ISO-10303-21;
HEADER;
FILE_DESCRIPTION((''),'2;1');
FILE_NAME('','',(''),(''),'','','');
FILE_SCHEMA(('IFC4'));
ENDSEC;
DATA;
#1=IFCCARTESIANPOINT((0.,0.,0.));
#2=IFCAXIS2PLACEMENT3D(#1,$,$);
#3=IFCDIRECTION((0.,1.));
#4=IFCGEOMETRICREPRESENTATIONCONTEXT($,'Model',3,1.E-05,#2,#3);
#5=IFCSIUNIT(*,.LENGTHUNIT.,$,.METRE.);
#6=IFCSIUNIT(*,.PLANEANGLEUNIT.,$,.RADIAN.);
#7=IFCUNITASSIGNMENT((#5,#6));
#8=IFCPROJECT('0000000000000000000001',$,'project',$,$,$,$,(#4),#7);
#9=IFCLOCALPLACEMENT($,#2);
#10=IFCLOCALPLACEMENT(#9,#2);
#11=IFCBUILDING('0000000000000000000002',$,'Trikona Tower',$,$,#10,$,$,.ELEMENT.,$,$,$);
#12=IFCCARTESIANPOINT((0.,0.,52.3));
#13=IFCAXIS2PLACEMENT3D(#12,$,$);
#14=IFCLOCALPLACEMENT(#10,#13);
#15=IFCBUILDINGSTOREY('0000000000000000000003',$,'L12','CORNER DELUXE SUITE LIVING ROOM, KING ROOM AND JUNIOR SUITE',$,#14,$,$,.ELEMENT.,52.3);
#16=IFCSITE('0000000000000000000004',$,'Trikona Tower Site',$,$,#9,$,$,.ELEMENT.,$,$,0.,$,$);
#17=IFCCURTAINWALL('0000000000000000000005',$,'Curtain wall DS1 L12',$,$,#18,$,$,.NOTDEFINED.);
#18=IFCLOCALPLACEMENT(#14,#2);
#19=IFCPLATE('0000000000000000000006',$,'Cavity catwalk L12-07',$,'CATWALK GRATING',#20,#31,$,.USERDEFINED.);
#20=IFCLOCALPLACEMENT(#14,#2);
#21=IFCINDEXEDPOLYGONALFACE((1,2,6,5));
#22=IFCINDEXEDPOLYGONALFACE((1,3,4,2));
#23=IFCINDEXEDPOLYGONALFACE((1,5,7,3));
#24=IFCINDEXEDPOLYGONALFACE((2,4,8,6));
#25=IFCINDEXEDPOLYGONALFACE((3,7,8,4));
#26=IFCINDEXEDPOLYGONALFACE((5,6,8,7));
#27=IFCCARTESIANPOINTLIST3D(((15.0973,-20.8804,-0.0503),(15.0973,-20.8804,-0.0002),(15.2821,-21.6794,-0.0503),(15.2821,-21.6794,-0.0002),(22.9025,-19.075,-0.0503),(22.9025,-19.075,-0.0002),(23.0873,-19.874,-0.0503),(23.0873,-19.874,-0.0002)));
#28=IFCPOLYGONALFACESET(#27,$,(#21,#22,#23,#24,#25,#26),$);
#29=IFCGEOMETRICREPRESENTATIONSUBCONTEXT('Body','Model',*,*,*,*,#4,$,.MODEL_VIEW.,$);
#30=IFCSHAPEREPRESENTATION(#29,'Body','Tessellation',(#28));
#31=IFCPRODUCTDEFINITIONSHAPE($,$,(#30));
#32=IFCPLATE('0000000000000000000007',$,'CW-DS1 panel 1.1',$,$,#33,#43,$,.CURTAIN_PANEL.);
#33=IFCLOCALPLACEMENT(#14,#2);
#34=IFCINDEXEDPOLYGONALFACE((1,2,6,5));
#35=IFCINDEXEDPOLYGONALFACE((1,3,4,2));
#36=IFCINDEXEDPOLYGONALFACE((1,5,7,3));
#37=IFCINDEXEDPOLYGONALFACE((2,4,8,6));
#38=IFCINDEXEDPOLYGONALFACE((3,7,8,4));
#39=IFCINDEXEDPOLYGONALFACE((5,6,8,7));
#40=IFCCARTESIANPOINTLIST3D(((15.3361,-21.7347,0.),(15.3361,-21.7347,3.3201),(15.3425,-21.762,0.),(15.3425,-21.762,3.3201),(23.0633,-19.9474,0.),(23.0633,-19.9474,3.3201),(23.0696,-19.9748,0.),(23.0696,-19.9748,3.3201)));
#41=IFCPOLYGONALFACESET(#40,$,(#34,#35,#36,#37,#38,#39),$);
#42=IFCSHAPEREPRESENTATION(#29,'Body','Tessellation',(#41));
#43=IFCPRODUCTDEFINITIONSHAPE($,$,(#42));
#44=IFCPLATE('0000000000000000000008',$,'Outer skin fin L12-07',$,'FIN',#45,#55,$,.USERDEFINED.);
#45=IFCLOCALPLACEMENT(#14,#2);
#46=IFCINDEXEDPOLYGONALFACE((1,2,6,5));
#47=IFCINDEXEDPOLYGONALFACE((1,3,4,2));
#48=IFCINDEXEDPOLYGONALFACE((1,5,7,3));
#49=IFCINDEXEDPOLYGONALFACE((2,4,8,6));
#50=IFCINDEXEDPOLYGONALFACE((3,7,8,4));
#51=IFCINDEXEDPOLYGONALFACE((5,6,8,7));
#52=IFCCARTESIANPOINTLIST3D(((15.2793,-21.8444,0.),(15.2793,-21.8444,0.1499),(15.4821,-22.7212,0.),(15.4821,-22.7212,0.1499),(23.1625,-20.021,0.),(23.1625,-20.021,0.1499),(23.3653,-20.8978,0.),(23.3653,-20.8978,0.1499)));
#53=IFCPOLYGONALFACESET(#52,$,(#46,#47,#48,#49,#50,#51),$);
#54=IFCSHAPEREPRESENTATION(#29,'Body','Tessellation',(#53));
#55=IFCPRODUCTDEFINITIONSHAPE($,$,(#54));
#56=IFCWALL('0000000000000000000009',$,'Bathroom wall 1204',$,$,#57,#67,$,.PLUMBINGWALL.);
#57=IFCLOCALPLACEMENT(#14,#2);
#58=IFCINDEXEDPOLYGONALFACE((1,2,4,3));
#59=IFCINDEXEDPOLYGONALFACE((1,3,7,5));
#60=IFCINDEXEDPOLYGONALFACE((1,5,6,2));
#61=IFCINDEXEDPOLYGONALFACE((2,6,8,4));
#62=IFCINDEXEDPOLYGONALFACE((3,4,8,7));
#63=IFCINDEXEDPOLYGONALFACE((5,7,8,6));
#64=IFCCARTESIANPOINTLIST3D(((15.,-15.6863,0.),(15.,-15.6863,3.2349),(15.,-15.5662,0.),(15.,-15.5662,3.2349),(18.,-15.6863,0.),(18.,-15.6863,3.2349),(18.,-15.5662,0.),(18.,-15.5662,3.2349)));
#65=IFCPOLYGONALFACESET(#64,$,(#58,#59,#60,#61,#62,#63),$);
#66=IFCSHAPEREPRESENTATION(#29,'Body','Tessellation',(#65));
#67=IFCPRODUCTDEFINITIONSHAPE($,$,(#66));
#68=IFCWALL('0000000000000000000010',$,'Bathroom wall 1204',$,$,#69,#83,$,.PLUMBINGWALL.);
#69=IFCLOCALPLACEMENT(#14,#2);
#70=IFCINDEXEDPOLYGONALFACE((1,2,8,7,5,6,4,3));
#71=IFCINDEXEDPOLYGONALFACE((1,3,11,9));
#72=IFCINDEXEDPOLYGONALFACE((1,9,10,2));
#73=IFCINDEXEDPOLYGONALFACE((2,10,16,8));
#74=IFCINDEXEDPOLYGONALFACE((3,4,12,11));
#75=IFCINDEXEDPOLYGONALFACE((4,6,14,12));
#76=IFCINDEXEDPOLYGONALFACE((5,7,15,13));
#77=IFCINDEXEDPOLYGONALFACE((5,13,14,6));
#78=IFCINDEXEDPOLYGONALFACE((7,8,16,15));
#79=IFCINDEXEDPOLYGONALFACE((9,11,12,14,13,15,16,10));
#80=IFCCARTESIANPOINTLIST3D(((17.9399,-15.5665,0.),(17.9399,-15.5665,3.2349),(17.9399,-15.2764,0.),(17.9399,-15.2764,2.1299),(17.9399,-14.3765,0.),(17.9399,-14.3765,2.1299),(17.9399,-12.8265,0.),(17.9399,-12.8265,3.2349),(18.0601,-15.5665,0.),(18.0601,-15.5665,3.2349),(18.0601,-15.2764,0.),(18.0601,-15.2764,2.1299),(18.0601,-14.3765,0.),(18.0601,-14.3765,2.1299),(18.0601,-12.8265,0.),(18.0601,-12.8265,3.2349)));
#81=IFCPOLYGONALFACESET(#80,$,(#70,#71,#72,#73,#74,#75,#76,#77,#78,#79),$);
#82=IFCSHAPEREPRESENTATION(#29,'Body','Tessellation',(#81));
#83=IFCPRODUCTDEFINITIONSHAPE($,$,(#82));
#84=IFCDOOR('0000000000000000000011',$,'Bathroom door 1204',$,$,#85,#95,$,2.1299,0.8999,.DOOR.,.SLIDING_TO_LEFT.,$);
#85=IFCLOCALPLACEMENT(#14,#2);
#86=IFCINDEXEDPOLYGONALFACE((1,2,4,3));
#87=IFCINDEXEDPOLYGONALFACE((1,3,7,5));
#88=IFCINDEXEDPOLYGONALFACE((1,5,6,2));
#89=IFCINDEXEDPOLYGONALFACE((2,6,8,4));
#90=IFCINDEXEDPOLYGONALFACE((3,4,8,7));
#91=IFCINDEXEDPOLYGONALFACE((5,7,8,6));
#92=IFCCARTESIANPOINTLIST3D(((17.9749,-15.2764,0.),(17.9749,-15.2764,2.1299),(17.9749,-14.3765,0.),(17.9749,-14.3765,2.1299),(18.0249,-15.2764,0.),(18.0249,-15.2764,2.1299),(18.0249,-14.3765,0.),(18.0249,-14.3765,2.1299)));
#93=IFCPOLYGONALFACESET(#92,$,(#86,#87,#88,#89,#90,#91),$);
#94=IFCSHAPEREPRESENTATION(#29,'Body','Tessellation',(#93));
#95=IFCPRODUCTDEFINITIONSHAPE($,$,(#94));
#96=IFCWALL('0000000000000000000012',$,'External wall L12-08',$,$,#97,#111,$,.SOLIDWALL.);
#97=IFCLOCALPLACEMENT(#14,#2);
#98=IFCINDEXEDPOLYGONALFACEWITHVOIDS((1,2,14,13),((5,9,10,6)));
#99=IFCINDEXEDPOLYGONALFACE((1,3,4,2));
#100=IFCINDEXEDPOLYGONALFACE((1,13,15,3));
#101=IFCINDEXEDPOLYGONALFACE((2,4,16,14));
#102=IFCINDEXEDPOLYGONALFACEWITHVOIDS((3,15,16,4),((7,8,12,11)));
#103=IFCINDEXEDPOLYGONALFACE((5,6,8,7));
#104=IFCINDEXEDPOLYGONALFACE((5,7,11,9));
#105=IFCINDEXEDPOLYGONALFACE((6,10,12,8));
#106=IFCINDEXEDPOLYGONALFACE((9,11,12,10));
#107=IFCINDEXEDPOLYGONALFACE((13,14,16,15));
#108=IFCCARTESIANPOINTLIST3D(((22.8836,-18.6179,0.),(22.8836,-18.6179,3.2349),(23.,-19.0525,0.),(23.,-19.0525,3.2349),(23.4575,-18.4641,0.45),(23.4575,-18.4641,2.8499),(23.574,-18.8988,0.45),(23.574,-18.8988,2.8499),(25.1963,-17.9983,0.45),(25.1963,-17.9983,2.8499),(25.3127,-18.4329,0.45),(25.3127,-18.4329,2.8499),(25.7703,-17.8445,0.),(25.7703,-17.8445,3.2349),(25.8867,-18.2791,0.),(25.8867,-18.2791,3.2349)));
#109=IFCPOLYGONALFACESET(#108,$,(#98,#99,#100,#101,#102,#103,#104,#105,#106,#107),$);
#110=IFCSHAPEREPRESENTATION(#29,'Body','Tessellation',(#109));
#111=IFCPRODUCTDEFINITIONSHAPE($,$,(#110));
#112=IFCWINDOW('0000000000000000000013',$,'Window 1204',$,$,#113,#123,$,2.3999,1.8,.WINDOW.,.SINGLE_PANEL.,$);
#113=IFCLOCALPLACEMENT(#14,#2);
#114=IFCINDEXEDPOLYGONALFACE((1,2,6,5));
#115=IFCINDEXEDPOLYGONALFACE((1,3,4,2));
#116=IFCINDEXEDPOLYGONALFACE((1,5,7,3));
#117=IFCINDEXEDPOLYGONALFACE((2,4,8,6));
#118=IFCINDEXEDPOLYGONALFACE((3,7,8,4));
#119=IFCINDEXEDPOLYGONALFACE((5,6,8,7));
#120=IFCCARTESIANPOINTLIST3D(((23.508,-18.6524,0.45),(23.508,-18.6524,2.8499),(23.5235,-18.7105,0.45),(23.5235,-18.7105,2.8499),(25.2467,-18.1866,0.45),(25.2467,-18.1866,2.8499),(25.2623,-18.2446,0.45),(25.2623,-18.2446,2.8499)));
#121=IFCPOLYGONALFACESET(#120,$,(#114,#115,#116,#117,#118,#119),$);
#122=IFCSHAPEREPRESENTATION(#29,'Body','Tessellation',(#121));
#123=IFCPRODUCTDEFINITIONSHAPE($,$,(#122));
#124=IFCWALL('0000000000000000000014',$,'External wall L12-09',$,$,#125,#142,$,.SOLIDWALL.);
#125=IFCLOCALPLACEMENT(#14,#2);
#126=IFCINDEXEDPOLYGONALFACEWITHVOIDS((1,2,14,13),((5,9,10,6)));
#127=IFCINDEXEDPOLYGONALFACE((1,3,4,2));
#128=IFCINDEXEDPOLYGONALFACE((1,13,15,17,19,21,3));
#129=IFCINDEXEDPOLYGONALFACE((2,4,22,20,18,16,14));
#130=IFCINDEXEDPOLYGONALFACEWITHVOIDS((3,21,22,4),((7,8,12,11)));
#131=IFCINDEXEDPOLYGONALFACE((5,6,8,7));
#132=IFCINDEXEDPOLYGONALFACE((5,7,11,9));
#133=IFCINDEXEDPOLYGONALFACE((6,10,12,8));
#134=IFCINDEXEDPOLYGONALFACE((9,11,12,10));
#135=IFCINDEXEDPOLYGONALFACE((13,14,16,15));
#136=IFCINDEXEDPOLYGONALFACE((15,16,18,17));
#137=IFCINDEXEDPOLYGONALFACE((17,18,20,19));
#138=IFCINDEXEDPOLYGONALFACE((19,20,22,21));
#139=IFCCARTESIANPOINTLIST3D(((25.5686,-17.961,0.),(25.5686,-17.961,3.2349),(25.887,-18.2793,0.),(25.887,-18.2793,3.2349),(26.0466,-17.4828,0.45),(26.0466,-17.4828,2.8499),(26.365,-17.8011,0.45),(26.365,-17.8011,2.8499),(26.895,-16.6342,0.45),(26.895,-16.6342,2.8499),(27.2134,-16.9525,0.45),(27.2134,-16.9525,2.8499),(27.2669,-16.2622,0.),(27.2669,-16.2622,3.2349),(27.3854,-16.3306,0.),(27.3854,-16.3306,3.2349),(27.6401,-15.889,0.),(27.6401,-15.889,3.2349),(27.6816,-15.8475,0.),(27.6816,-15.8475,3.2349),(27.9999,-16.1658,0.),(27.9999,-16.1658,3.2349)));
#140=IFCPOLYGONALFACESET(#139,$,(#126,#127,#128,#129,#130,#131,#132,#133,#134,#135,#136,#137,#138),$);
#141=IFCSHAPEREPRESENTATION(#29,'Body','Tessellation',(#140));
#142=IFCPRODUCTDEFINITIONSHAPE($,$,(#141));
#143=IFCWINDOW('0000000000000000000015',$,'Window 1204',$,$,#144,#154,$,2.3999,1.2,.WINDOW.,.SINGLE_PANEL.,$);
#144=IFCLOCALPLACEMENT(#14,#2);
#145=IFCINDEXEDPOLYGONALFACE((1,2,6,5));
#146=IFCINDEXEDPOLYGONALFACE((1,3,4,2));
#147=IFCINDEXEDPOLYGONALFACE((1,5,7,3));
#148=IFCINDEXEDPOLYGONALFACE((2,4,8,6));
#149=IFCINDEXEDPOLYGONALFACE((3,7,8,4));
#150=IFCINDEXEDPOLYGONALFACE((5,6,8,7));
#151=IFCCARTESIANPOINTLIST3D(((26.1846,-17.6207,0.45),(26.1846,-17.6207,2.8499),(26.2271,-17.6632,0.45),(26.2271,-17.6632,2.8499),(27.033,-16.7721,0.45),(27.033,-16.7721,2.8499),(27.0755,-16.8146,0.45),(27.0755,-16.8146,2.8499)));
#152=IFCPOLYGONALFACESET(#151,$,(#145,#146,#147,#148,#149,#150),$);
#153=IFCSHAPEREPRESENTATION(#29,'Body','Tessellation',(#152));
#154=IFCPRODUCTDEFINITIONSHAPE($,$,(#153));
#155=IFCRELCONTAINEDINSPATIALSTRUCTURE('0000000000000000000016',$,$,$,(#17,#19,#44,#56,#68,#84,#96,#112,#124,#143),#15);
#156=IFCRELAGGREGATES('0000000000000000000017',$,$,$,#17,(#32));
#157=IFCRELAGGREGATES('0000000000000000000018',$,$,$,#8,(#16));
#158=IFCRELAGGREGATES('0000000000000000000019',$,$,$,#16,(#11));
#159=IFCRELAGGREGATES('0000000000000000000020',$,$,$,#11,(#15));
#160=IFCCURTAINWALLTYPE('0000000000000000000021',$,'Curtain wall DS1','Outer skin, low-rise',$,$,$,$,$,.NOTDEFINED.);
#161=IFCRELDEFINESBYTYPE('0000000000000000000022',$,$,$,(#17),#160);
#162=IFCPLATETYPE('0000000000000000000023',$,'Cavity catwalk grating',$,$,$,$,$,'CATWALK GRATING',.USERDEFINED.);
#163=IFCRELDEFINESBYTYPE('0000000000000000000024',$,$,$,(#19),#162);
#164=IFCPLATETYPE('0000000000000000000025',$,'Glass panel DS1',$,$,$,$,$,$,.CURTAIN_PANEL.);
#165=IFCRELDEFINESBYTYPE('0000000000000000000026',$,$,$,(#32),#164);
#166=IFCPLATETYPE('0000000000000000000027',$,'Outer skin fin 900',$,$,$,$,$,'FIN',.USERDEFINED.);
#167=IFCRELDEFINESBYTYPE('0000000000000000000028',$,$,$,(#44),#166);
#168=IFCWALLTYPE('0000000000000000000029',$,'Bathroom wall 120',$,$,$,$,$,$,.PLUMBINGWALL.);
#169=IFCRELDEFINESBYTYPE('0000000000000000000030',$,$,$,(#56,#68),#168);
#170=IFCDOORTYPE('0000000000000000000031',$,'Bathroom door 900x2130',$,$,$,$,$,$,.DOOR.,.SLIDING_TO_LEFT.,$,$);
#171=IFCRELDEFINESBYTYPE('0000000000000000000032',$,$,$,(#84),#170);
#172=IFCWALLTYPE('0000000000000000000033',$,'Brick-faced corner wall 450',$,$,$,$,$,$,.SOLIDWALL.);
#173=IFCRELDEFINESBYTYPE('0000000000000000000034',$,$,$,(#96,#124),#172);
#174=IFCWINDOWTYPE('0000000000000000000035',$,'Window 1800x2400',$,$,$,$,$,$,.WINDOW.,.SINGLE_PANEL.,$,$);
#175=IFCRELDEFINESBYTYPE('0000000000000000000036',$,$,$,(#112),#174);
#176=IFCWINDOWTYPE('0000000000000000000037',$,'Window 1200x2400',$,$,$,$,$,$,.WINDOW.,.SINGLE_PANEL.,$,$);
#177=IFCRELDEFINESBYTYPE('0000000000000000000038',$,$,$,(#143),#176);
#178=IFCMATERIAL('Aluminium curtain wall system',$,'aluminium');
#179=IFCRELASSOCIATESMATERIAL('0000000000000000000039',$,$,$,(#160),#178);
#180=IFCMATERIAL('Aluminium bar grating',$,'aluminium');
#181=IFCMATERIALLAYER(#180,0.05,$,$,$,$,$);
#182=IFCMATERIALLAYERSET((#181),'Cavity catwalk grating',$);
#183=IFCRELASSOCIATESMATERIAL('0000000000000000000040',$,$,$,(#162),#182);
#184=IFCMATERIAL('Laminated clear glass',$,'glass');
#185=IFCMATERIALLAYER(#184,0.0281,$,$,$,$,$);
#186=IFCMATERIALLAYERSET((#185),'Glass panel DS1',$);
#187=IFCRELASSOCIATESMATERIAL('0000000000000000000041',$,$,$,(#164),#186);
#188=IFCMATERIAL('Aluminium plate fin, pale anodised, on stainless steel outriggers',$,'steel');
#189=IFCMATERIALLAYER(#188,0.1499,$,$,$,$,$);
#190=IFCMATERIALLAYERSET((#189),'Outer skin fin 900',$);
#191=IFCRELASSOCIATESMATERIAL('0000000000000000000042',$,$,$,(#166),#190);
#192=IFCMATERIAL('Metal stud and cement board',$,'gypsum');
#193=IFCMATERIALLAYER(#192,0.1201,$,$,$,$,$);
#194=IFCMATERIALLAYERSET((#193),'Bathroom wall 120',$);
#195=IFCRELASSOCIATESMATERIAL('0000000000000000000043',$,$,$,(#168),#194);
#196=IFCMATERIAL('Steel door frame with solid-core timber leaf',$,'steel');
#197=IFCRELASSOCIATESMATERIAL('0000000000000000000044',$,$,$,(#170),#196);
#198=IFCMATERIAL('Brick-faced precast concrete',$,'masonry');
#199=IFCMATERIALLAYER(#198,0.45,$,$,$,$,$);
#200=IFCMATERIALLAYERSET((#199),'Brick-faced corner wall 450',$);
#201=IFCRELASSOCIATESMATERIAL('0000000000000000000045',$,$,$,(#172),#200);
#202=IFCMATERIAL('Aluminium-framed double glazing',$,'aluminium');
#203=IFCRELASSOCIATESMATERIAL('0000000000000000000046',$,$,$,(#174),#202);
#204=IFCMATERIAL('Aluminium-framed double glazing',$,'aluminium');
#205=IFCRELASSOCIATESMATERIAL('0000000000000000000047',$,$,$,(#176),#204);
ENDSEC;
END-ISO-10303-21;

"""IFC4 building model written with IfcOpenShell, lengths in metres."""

from ifc_helpers import new_model, si_unit, direction, frame, frame_2d, origin, origin_2d, place, context, subcontext, project, spatial, polyline, rectangle, outline, extrude, material, layer, layer_set, type_object, element, fill, aggregate, save


model = new_model("IFC4")

# Units and contexts
model_context = context("Model", 3, precision=1e-05, world=origin(), true_north=direction((0.0, 1.0)))
body_context = subcontext(model_context, "Body", "Model", "MODEL_VIEW")
ifc_project = project(units=[si_unit("LENGTHUNIT", "METRE"), si_unit("PLANEANGLEUNIT", "RADIAN")], contexts=[model_context])

# Site, building, storey
site_placement = place(None, origin())
site = spatial("IfcSite", under=ifc_project, at=site_placement, Name="Trikona Tower Site", CompositionType="ELEMENT", RefElevation=0.0)
building_placement = place(site_placement, origin())
building = spatial("IfcBuilding", under=site, at=building_placement, Name="Trikona Tower", CompositionType="ELEMENT")
storey_placement = place(building_placement, frame((0.0, 0.0, 52.3)))
storey = spatial("IfcBuildingStorey", under=building, at=storey_placement, Name="L12", Description="CORNER DELUXE SUITE LIVING ROOM, KING ROOM AND JUNIOR SUITE", CompositionType="ELEMENT", Elevation=52.3)

# Shared definitions
ifc_material_1 = material(Name="Aluminium curtain wall system", Category="aluminium")
curtain_wall_type = type_object("IfcCurtainWallType", Name="Curtain wall DS1", Description="Outer skin, low-rise", PredefinedType="NOTDEFINED", material=ifc_material_1)

# Curtain wall
curtain_wall_1_placement = place(storey_placement, origin())
curtain_wall_1 = element("IfcCurtainWall", 1, at=curtain_wall_1_placement, inside=storey, type_object=curtain_wall_type, Name="Curtain wall DS1 L12", PredefinedType="NOTDEFINED")

# Plates
ifc_material_2 = material(Name="Aluminium bar grating", Category="aluminium")
ifc_layer_1 = layer(ifc_material_2, 0.05)
ifc_layer_set_1 = layer_set([ifc_layer_1], Name="Cavity catwalk grating")
plate_type_1 = type_object("IfcPlateType", Name="Cavity catwalk grating", ElementType="CATWALK GRATING", PredefinedType="USERDEFINED", material=ifc_layer_set_1)
plate_1_placement = place(storey_placement, frame((19.0923, -20.3772, -0.0503), z_axis=(0.0, 0.0, 1.0), x_axis=(0.974278, 0.225351, 0.0)))
element("IfcPlate", 2, at=plate_1_placement, inside=storey, type_object=plate_type_1, Name="Cavity catwalk L12-07", ObjectType="CATWALK GRATING", PredefinedType="USERDEFINED", context=body_context, shape_type="SweptSolid", body=[
    extrude(rectangle(XDim=8.0112, YDim=0.8201, at=origin_2d()), origin(), (0.0, 0.0, 1.0), 0.05),
])
ifc_material_3 = material(Name="Laminated clear glass", Category="glass")
ifc_layer_2 = layer(ifc_material_3, 0.0281)
ifc_layer_set_2 = layer_set([ifc_layer_2], Name="Glass panel DS1")
plate_type_2 = type_object("IfcPlateType", Name="Glass panel DS1", PredefinedType="CURTAIN_PANEL", material=ifc_layer_set_2)
plate_2_placement = place(storey_placement, frame((19.2029, -20.8547, 0.0), z_axis=(0.0, 0.0, 1.0), x_axis=(0.974279, 0.225343, 0.0)))
plate_2 = element("IfcPlate", 3, at=plate_2_placement, type_object=plate_type_2, Name="CW-DS1 panel 1.1", PredefinedType="CURTAIN_PANEL", context=body_context, shape_type="SweptSolid", body=[
    extrude(rectangle(XDim=7.9312, YDim=0.0281, at=origin_2d()), origin(), (0.0, 0.0, 1.0), 3.3201),
])
aggregate(curtain_wall_1, [plate_2])
ifc_material_4 = material(Name="Aluminium plate fin, pale anodised, on stainless steel outriggers", Category="steel")
ifc_layer_3 = layer(ifc_material_4, 0.1499)
ifc_layer_set_3 = layer_set([ifc_layer_3], Name="Outer skin fin 900")
plate_type_3 = type_object("IfcPlateType", Name="Outer skin fin 900", ElementType="FIN", PredefinedType="USERDEFINED", material=ifc_layer_set_3)
plate_3_placement = place(storey_placement, frame((19.3223, -21.3711, 0.0), z_axis=(0.0, 0.0, 1.0), x_axis=(0.974278, 0.225351, 0.0)))
element("IfcPlate", 4, at=plate_3_placement, inside=storey, type_object=plate_type_3, Name="Outer skin fin L12-07", ObjectType="FIN", PredefinedType="USERDEFINED", context=body_context, shape_type="SweptSolid", body=[
    extrude(rectangle(XDim=8.0913, YDim=0.8999, at=origin_2d()), origin(), (0.0, 0.0, 1.0), 0.1499),
])

# Wall
ifc_material_5 = material(Name="Metal stud and cement board", Category="gypsum")
ifc_layer_4 = layer(ifc_material_5, 0.1201)
ifc_layer_set_4 = layer_set([ifc_layer_4], Name="Bathroom wall 120")
wall_type_1 = type_object("IfcWallType", Name="Bathroom wall 120", PredefinedType="PLUMBINGWALL", material=ifc_layer_set_4)
wall_1_placement = place(storey_placement, frame((15.0, -15.6262, 0.0), z_axis=(0.0, 0.0, 1.0), x_axis=(1.0, 0.0, 0.0)))
element("IfcWall", 5, at=wall_1_placement, inside=storey, type_object=wall_type_1, Name="Bathroom wall 1204", PredefinedType="PLUMBINGWALL", context=body_context, shape_type="SweptSolid", body=[
    extrude(rectangle(XDim=3.0, YDim=0.1201, at=frame_2d((1.5, 0.0))), origin(), (0.0, 0.0, 1.0), 3.2349),
])

# Wall, opening, door
wall_2_placement = place(storey_placement, frame((18.0, -12.8264, 0.0), z_axis=(0.0, 0.0, 1.0), x_axis=(0.0, -1.0, 0.0)))
wall_2 = element("IfcWall", 6, at=wall_2_placement, inside=storey, type_object=wall_type_1, Name="Bathroom wall 1204", PredefinedType="PLUMBINGWALL", context=body_context, shape_type="SweptSolid", body=[
    extrude(rectangle(XDim=2.74, YDim=0.1201, at=frame_2d((1.3701, 0.0))), origin(), (0.0, 0.0, 1.0), 3.2349),
])
opening_1_placement = place(wall_2_placement, frame((1.55, 0.0, 0.0)))
opening_1 = element("IfcOpeningElement", 7, at=opening_1_placement, cuts=wall_2, PredefinedType="OPENING", context=body_context, shape_type="SweptSolid", body=[
    extrude(rectangle(XDim=0.8999, YDim=2.1299, at=frame_2d((0.45, 1.0649))), frame((0.0, 0.0701, 0.0), z_axis=(0.0, -1.0, 0.0), x_axis=(1.0, 0.0, 0.0)), (0.0, 0.0, 1.0), 0.1401),
])
ifc_material_6 = material(Name="Steel door frame with solid-core timber leaf", Category="steel")
door_type = type_object("IfcDoorType", Name="Bathroom door 900x2130", OperationType="SLIDING_TO_LEFT", PredefinedType="DOOR", material=ifc_material_6)
door_placement = place(opening_1_placement, origin())
door = element("IfcDoor", 8, at=door_placement, inside=storey, type_object=door_type, Name="Bathroom door 1204", OperationType="SLIDING_TO_LEFT", OverallHeight=2.1299, OverallWidth=0.8999, PredefinedType="DOOR", context=body_context, shape_type="SweptSolid", body=[
    extrude(rectangle(XDim=0.8999, YDim=2.1299, at=frame_2d((0.45, 1.0649))), frame((0.0, 0.0249, 0.0), z_axis=(0.0, -1.0, 0.0), x_axis=(1.0, 0.0, 0.0)), (0.0, 0.0, 1.0), 0.05),
])
fill(opening_1, door)

# Walls, openings, windows
ifc_material_7 = material(Name="Brick-faced precast concrete", Category="masonry")
ifc_layer_5 = layer(ifc_material_7, 0.45)
ifc_layer_set_5 = layer_set([ifc_layer_5], Name="Brick-faced corner wall 450")
wall_type_2 = type_object("IfcWallType", Name="Brick-faced corner wall 450", PredefinedType="SOLIDWALL", material=ifc_layer_set_5)
wall_3_placement = place(storey_placement, frame((22.9419, -18.8352, 0.0), z_axis=(0.0, 0.0, 1.0), x_axis=(0.965931, 0.258801, 0.0)))
wall_3 = element("IfcWall", 9, at=wall_3_placement, inside=storey, type_object=wall_type_2, Name="External wall L12-08", PredefinedType="SOLIDWALL", context=body_context, shape_type="SweptSolid", body=[
    extrude(rectangle(XDim=2.9885, YDim=0.45, at=frame_2d((1.4941, 0.0))), origin(), (0.0, 0.0, 1.0), 3.2349),
])
opening_2_placement = place(wall_3_placement, frame((0.5942, 0.0, 0.45)))
opening_2 = element("IfcOpeningElement", 10, at=opening_2_placement, cuts=wall_3, PredefinedType="OPENING", context=body_context, shape_type="SweptSolid", body=[
    extrude(rectangle(XDim=1.8, YDim=2.3999, at=frame_2d((0.8999, 1.2))), frame((0.0, 0.2349, 0.0), z_axis=(0.0, -1.0, 0.0), x_axis=(1.0, 0.0, 0.0)), (0.0, 0.0, 1.0), 0.47),
])
ifc_material_8 = material(Name="Aluminium-framed double glazing", Category="aluminium")
window_type_1 = type_object("IfcWindowType", Name="Window 1800x2400", PartitioningType="SINGLE_PANEL", PredefinedType="WINDOW", material=ifc_material_8)
window_1_placement = place(opening_2_placement, origin())
window_1 = element("IfcWindow", 11, at=window_1_placement, inside=storey, type_object=window_type_1, Name="Window 1204", OverallHeight=2.3999, OverallWidth=1.8, PartitioningType="SINGLE_PANEL", PredefinedType="WINDOW", context=body_context, shape_type="SweptSolid", body=[
    extrude(rectangle(XDim=1.8, YDim=2.3999, at=frame_2d((0.8999, 1.2))), frame((0.0, 0.03, 0.0), z_axis=(0.0, -1.0, 0.0), x_axis=(1.0, 0.0, 0.0)), (0.0, 0.0, 1.0), 0.0601),
])
fill(opening_2, window_1)
wall_4_placement = place(storey_placement, frame((25.7278, -18.1201, 0.0), z_axis=(0.0, 0.0, 1.0), x_axis=(0.707025, 0.707188, 0.0)))
wall_4 = element("IfcWall", 12, at=wall_4_placement, inside=storey, type_object=wall_type_2, Name="External wall L12-09", PredefinedType="SOLIDWALL", context=body_context, shape_type="SweptSolid", body=[
    extrude(outline(polyline([(2.9885, 0.2251), (2.9299, 0.2251), (2.4375, 0.093), (2.4021, 0.2251), (0.0, 0.2251), (0.0, -0.2251), (2.9885, -0.2251), (2.9885, 0.2251)])), origin(), (0.0, 0.0, 1.0), 3.2349),
])
opening_3_placement = place(wall_4_placement, frame((0.676, 0.0, 0.45)))
opening_3 = element("IfcOpeningElement", 13, at=opening_3_placement, cuts=wall_4, PredefinedType="OPENING", context=body_context, shape_type="SweptSolid", body=[
    extrude(rectangle(XDim=1.2, YDim=2.3999, at=frame_2d((0.6001, 1.2))), frame((0.0, 0.2349, 0.0), z_axis=(0.0, -1.0, 0.0), x_axis=(1.0, 0.0, 0.0)), (0.0, 0.0, 1.0), 0.47),
])
ifc_material_9 = material(Name="Aluminium-framed double glazing", Category="aluminium")
window_type_2 = type_object("IfcWindowType", Name="Window 1200x2400", PartitioningType="SINGLE_PANEL", PredefinedType="WINDOW", material=ifc_material_9)
window_2_placement = place(opening_3_placement, origin())
window_2 = element("IfcWindow", 14, at=window_2_placement, inside=storey, type_object=window_type_2, Name="Window 1204", OverallHeight=2.3999, OverallWidth=1.2, PartitioningType="SINGLE_PANEL", PredefinedType="WINDOW", context=body_context, shape_type="SweptSolid", body=[
    extrude(rectangle(XDim=1.2, YDim=2.3999, at=frame_2d((0.6001, 1.2))), frame((0.0, 0.03, 0.0), z_axis=(0.0, -1.0, 0.0), x_axis=(1.0, 0.0, 0.0)), (0.0, 0.0, 1.0), 0.0601),
])
fill(opening_3, window_2)

save(model, "model.ifc")
